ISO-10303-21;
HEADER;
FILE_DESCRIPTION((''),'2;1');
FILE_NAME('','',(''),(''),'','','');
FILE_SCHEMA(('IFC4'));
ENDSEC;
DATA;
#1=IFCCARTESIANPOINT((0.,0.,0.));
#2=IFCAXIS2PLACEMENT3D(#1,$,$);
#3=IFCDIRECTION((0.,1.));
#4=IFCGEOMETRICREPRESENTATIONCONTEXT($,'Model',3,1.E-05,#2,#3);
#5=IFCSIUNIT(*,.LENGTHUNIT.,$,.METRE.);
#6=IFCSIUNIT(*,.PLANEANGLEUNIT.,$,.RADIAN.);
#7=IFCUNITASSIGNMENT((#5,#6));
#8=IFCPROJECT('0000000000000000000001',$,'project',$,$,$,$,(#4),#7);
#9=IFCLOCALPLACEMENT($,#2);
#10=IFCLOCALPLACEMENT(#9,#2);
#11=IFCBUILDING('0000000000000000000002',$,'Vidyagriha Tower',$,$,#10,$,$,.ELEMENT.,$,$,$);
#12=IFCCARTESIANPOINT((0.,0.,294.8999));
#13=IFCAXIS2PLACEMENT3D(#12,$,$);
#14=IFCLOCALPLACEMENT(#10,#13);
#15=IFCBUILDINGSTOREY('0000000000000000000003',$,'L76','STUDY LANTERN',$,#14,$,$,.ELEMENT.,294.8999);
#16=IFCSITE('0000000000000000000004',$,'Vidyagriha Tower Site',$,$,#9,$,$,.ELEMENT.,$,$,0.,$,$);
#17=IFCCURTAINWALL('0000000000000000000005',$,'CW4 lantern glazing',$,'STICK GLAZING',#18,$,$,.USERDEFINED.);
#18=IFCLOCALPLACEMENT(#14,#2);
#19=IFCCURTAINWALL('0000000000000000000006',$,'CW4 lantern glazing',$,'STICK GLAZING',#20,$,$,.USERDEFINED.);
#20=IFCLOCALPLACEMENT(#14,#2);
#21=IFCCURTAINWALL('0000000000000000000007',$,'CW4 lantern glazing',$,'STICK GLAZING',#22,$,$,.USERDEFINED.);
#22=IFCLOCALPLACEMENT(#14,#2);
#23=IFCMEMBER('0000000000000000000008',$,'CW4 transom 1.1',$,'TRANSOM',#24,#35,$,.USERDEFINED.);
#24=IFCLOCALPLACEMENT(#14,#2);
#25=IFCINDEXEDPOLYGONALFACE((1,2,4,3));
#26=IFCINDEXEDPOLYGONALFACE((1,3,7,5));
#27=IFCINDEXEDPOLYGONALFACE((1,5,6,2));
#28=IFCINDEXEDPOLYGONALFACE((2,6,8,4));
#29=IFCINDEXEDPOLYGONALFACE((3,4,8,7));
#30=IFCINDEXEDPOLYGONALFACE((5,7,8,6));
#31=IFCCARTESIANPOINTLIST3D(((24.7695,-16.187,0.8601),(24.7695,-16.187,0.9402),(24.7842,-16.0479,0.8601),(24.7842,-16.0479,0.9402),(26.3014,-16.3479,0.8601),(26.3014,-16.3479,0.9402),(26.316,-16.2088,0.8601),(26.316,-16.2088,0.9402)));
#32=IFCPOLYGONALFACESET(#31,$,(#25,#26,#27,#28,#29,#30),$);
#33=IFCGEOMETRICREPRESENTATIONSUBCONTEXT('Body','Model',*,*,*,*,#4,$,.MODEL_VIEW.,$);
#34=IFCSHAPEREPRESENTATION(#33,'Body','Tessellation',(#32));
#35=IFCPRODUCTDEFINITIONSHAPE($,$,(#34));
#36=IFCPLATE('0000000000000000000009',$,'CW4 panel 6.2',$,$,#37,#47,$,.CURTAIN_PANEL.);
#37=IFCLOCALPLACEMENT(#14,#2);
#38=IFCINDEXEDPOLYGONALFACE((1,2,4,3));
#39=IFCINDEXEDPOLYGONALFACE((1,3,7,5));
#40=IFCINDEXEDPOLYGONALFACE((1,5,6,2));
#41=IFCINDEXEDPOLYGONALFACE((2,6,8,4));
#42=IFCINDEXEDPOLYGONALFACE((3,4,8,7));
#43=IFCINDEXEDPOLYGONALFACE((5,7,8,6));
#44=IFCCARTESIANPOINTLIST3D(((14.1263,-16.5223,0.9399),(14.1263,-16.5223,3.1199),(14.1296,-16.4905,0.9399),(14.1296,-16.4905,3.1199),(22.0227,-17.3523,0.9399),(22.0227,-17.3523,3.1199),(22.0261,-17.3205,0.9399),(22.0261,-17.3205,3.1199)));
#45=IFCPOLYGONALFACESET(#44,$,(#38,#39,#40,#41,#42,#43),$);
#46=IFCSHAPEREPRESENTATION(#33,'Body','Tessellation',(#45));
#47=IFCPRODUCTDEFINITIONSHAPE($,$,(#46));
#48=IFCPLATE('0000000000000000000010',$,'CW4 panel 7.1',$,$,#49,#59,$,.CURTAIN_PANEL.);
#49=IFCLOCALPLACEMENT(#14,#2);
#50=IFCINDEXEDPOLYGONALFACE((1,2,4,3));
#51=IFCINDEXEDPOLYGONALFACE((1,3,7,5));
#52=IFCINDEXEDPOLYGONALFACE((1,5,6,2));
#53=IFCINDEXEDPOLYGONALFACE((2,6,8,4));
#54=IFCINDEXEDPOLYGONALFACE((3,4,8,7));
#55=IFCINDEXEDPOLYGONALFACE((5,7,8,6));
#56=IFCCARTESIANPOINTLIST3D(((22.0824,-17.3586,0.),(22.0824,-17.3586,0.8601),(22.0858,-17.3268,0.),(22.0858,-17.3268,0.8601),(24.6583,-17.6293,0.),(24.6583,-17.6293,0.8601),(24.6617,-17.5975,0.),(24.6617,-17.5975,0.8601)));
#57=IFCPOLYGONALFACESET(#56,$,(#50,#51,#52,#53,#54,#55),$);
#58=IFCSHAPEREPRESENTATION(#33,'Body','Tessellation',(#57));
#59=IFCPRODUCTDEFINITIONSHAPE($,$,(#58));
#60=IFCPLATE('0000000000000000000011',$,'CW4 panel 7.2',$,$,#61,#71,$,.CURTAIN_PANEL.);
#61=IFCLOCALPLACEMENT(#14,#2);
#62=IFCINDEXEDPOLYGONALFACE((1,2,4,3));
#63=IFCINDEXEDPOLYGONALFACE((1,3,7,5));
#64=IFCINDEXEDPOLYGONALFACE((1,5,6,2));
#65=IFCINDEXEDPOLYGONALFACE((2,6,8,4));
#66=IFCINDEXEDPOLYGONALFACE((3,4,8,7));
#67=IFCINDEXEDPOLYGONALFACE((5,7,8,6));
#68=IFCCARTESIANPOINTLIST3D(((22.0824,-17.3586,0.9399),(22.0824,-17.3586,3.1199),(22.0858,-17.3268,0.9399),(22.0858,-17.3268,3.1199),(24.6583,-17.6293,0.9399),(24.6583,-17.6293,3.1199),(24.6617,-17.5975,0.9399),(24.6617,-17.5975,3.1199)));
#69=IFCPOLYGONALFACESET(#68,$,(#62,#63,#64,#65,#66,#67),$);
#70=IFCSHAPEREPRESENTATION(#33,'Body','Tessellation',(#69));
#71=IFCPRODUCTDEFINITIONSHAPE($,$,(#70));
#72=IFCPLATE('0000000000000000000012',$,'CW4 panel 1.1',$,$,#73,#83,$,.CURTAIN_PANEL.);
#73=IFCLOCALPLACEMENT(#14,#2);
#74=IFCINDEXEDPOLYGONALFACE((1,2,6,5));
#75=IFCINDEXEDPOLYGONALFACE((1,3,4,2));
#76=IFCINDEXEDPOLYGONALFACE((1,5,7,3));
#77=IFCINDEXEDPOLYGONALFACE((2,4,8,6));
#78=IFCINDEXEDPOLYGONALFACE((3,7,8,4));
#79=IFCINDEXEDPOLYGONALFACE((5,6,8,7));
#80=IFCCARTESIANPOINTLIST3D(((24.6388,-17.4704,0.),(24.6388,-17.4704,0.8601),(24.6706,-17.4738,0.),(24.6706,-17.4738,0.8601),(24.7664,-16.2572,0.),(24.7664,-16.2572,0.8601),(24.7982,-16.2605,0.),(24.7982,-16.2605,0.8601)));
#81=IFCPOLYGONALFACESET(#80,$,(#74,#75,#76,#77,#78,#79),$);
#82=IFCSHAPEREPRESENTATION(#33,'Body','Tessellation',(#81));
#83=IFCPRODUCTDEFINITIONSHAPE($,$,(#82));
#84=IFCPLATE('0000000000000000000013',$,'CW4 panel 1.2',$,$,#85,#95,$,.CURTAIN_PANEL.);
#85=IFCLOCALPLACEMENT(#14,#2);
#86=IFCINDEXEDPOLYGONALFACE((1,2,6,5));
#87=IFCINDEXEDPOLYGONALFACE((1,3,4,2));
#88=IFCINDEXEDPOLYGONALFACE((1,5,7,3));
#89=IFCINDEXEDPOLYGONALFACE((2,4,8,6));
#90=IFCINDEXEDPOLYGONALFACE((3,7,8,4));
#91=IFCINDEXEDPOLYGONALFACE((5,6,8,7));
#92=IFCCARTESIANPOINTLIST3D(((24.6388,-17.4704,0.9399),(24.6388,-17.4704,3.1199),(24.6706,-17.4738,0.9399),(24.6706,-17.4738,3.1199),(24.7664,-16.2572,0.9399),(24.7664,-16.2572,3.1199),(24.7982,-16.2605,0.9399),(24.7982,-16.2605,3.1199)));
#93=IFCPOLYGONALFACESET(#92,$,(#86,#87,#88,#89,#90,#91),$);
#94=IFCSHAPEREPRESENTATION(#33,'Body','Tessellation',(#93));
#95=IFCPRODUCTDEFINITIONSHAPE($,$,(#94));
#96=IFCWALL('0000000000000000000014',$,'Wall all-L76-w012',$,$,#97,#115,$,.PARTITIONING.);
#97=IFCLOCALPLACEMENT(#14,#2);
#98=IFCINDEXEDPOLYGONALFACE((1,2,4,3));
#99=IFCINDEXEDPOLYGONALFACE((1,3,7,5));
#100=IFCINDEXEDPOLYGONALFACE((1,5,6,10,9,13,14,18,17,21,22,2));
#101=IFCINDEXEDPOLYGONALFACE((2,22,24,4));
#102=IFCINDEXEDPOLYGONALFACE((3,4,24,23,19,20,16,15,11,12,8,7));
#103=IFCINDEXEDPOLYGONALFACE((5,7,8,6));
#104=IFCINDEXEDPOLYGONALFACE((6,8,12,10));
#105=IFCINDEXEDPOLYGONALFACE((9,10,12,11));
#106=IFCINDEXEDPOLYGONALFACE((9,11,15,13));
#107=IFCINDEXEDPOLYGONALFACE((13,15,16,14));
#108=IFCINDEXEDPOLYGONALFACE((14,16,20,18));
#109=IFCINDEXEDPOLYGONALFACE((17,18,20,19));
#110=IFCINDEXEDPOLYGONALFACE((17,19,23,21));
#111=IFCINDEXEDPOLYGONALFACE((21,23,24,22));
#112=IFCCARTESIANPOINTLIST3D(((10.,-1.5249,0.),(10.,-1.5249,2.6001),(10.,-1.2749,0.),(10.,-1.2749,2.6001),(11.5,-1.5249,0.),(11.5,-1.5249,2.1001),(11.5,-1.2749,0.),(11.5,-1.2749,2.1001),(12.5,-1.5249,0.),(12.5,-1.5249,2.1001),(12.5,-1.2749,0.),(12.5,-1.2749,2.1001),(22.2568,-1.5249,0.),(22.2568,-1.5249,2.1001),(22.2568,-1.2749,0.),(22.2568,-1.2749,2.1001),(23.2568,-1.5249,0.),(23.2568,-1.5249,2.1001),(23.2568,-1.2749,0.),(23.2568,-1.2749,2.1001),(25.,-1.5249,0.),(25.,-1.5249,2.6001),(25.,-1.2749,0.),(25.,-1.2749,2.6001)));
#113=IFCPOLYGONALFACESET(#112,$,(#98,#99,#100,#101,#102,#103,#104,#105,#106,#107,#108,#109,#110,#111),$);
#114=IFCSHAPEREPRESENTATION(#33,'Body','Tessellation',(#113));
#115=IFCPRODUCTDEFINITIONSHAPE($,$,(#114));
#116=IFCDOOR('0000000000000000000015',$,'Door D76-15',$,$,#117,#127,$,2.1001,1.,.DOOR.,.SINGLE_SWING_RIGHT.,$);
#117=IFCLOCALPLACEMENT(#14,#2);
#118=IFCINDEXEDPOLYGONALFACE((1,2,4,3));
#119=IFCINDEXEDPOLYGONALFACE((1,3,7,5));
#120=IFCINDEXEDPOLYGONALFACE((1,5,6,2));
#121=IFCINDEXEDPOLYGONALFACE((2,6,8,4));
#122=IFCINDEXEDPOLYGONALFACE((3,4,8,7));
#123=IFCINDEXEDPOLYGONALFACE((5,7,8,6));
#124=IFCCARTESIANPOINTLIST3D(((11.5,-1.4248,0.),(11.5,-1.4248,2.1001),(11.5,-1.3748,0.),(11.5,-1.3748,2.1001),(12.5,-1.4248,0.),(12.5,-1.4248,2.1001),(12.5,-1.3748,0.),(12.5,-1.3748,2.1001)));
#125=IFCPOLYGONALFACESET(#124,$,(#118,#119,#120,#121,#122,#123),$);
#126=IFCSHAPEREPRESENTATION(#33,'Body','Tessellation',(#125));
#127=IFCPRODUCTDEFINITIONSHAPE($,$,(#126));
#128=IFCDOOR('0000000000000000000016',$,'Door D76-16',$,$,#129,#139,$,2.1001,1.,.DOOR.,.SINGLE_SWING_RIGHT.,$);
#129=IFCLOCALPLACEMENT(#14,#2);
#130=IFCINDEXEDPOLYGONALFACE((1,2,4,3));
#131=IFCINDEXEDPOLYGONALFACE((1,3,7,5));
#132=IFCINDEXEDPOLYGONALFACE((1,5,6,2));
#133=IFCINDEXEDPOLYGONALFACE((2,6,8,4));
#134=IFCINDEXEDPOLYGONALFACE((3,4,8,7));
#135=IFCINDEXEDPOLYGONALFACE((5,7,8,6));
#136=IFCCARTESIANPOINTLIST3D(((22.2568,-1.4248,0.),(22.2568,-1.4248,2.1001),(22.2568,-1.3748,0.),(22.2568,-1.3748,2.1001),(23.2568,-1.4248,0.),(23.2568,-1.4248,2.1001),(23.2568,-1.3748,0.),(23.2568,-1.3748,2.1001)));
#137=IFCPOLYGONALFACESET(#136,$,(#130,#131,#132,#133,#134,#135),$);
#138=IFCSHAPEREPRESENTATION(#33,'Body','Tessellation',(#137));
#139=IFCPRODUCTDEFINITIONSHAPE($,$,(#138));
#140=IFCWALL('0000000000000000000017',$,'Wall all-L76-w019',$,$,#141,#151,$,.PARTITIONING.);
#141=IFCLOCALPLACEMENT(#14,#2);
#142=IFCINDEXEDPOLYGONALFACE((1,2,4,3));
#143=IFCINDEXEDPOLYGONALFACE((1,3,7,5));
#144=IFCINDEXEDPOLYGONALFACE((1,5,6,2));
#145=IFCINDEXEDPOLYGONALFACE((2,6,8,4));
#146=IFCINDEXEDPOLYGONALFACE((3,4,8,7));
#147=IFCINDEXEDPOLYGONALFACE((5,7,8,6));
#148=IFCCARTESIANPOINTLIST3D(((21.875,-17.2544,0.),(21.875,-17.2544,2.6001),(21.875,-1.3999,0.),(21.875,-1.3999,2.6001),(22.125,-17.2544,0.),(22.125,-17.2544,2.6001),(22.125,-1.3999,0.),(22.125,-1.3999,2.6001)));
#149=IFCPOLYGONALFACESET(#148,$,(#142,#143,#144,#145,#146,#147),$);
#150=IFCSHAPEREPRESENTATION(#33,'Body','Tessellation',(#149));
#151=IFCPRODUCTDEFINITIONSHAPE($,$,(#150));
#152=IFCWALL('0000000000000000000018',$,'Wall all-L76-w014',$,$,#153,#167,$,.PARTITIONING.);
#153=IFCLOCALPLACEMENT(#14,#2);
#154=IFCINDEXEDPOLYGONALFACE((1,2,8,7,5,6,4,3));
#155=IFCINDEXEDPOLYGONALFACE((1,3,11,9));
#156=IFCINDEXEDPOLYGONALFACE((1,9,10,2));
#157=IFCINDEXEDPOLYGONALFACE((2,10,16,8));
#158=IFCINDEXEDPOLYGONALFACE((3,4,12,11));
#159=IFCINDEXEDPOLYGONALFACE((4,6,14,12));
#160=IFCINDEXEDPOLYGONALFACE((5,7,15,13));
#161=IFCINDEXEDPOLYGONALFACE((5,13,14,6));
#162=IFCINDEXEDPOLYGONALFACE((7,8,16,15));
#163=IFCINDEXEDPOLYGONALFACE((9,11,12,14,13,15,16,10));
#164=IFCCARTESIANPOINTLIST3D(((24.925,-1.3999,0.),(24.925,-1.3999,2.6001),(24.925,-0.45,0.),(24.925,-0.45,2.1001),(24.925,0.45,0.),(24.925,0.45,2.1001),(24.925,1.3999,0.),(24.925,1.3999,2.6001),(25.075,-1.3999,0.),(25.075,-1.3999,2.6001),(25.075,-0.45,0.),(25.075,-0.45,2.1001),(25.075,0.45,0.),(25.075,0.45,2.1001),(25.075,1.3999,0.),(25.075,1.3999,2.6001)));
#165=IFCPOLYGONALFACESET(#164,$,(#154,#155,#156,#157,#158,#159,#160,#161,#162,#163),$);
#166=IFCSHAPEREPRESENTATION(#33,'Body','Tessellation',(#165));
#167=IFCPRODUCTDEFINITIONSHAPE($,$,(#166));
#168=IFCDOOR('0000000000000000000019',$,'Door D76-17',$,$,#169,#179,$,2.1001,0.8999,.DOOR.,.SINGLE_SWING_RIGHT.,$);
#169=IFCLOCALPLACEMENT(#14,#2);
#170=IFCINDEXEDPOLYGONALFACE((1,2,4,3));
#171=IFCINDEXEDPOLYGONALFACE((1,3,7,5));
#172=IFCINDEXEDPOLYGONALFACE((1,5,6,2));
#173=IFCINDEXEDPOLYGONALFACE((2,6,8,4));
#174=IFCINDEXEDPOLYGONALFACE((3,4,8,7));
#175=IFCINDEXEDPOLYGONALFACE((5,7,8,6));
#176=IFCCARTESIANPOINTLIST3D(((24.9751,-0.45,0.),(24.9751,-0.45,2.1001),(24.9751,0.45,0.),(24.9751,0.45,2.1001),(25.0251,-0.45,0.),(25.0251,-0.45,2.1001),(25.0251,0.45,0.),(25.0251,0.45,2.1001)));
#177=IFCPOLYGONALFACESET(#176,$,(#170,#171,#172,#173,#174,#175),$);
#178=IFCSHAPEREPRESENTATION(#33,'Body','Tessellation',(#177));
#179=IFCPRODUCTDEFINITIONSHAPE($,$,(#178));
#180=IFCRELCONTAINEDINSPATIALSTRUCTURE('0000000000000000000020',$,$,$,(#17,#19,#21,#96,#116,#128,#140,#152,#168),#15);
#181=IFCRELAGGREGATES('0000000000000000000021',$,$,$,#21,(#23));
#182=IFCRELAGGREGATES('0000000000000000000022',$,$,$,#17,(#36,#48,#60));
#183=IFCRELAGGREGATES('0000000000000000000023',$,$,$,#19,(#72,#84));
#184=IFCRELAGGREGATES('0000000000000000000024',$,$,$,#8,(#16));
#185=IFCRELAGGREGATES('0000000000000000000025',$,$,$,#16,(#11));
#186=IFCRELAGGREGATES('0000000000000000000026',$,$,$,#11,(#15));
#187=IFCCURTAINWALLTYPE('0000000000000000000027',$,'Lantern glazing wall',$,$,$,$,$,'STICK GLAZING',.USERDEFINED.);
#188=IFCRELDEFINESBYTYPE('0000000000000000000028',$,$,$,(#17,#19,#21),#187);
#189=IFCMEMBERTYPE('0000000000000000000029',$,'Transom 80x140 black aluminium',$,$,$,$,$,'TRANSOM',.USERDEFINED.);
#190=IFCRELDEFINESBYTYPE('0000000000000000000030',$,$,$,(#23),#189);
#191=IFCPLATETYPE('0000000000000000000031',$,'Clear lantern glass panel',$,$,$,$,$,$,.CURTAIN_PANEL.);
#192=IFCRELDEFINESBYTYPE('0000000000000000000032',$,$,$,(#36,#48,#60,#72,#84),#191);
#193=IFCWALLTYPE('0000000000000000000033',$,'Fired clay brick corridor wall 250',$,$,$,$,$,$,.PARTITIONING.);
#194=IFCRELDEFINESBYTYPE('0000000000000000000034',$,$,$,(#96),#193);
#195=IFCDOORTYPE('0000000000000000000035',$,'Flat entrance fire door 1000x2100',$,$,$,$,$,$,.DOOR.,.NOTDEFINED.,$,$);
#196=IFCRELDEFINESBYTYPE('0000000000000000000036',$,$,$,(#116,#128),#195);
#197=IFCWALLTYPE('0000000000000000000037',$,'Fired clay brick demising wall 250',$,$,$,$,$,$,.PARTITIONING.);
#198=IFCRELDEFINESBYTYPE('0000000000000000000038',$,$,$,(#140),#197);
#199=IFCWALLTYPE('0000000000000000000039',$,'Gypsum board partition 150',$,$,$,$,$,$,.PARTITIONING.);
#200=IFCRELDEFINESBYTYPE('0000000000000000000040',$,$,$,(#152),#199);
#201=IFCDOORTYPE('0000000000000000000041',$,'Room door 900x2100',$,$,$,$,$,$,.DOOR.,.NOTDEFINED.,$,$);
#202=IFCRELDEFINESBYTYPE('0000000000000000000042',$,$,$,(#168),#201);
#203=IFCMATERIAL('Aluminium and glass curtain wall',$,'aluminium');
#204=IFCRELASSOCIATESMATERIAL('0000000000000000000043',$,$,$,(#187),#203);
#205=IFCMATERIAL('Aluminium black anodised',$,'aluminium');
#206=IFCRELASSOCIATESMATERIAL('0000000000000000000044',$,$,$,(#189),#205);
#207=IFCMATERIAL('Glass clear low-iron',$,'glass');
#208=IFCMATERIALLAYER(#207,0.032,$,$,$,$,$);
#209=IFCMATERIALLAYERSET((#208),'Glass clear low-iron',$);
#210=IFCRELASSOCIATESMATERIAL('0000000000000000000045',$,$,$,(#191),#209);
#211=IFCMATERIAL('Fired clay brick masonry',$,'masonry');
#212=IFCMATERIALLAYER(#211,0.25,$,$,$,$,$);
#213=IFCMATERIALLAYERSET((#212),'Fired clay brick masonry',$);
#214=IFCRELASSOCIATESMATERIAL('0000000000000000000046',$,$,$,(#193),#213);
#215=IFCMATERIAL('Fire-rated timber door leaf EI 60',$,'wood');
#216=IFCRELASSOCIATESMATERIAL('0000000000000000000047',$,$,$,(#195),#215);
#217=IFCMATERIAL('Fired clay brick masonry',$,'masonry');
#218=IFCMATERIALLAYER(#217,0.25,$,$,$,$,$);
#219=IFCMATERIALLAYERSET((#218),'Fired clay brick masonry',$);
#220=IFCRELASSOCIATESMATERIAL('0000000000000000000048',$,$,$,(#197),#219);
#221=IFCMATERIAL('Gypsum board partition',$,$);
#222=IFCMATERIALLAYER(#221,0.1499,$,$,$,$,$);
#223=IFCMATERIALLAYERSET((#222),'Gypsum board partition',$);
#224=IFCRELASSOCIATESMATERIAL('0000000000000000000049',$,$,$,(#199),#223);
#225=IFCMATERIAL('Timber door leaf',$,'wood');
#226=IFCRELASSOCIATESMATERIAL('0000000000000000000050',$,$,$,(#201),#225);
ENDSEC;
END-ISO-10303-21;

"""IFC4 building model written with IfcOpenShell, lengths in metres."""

from ifc_helpers import new_model, si_unit, direction, frame, frame_2d, origin, origin_2d, place, context, subcontext, project, spatial, rectangle, extrude, material, layer, layer_set, material_profile, profile_set, type_object, element, fill, aggregate, save


model = new_model("IFC4")

# Units and contexts
model_context = context("Model", 3, precision=1e-05, world=origin(), true_north=direction((0.0, 1.0)))
body_context = subcontext(model_context, "Body", "Model", "MODEL_VIEW")
ifc_project = project(units=[si_unit("LENGTHUNIT", "METRE"), si_unit("PLANEANGLEUNIT", "RADIAN")], contexts=[model_context])

# Site, building, storey
site_placement = place(None, origin())
site = spatial("IfcSite", under=ifc_project, at=site_placement, Name="Vidyagriha Tower Site", CompositionType="ELEMENT", RefElevation=0.0)
building_placement = place(site_placement, origin())
building = spatial("IfcBuilding", under=site, at=building_placement, Name="Vidyagriha Tower", CompositionType="ELEMENT")
storey_placement = place(building_placement, frame((0.0, 0.0, 294.8999)))
storey = spatial("IfcBuildingStorey", under=building, at=storey_placement, Name="L76", Description="STUDY LANTERN", CompositionType="ELEMENT", Elevation=294.8999)

# Curtain walls
ifc_material_1 = material(Name="Aluminium and glass curtain wall", Category="aluminium")
curtain_wall_type = type_object("IfcCurtainWallType", Name="Lantern glazing wall", ElementType="STICK GLAZING", PredefinedType="USERDEFINED", material=ifc_material_1)
curtain_wall_1_placement = place(storey_placement, origin())
curtain_wall_1 = element("IfcCurtainWall", 1, at=curtain_wall_1_placement, inside=storey, type_object=curtain_wall_type, Name="CW4 lantern glazing", ObjectType="STICK GLAZING", PredefinedType="USERDEFINED")
curtain_wall_2_placement = place(storey_placement, origin())
curtain_wall_2 = element("IfcCurtainWall", 2, at=curtain_wall_2_placement, inside=storey, type_object=curtain_wall_type, Name="CW4 lantern glazing", ObjectType="STICK GLAZING", PredefinedType="USERDEFINED")

# Curtain wall
curtain_wall_3_placement = place(storey_placement, origin())
curtain_wall_3 = element("IfcCurtainWall", 3, at=curtain_wall_3_placement, inside=storey, type_object=curtain_wall_type, Name="CW4 lantern glazing", ObjectType="STICK GLAZING", PredefinedType="USERDEFINED")

# Member
ifc_material_2 = material(Name="Aluminium black anodised", Category="aluminium")
ifc_material_profile_1 = material_profile(ifc_material_2, rectangle(XDim=0.1399, YDim=0.0801, at=origin_2d()), Name="Transom 80x140 black aluminium")
ifc_profile_set_1 = profile_set([ifc_material_profile_1], Name="Aluminium black anodised")
member_type_1 = type_object("IfcMemberType", Name="Transom 80x140 black aluminium", ElementType="TRANSOM", PredefinedType="USERDEFINED", material=ifc_profile_set_1)
member_1_placement = place(storey_placement, frame((24.7769, -16.1174, 0.9001), z_axis=(0.994529, -0.104462, 0.0), x_axis=(0.104462, 0.994529, 0.0)))
member_1 = element("IfcMember", 4, at=member_1_placement, type_object=member_type_1, Name="CW4 transom 1.1", ObjectType="TRANSOM", PredefinedType="USERDEFINED", context=body_context, shape_type="SweptSolid", body=[
    extrude(rectangle(XDim=0.1399, YDim=0.0801, at=origin_2d()), origin(), (0.0, 0.0, 1.0), 1.5403),
])
aggregate(curtain_wall_3, [member_1])

# Plates
ifc_material_3 = material(Name="Glass clear low-iron", Category="glass")
ifc_layer_1 = layer(ifc_material_3, 0.032)
ifc_layer_set_1 = layer_set([ifc_layer_1], Name="Glass clear low-iron")
plate_type = type_object("IfcPlateType", Name="Clear lantern glass panel", PredefinedType="CURTAIN_PANEL", material=ifc_layer_set_1)
plate_1_placement = place(storey_placement, frame((18.0762, -16.9214, 0.9399), z_axis=(0.0, 0.0, 1.0), x_axis=(0.994522, -0.104528, 0.0)))
plate_1 = element("IfcPlate", 5, at=plate_1_placement, type_object=plate_type, Name="CW4 panel 6.2", PredefinedType="CURTAIN_PANEL", context=body_context, shape_type="SweptSolid", body=[
    extrude(rectangle(XDim=7.9399, YDim=0.032, at=origin_2d()), origin(), (0.0, 0.0, 1.0), 2.1799),
])
plate_2_placement = place(storey_placement, frame((23.3721, -17.478, 0.0), z_axis=(0.0, 0.0, 1.0), x_axis=(0.994522, -0.104528, 0.0)))
plate_2 = element("IfcPlate", 6, at=plate_2_placement, type_object=plate_type, Name="CW4 panel 7.1", PredefinedType="CURTAIN_PANEL", context=body_context, shape_type="SweptSolid", body=[
    extrude(rectangle(XDim=2.5901, YDim=0.032, at=origin_2d()), origin(), (0.0, 0.0, 1.0), 0.8601),
])
plate_3_placement = place(storey_placement, frame((23.3721, -17.478, 0.9399), z_axis=(0.0, 0.0, 1.0), x_axis=(0.994522, -0.104528, 0.0)))
plate_3 = element("IfcPlate", 7, at=plate_3_placement, type_object=plate_type, Name="CW4 panel 7.2", PredefinedType="CURTAIN_PANEL", context=body_context, shape_type="SweptSolid", body=[
    extrude(rectangle(XDim=2.5901, YDim=0.032, at=origin_2d()), origin(), (0.0, 0.0, 1.0), 2.1799),
])
aggregate(curtain_wall_1, [plate_1, plate_2, plate_3])
plate_4_placement = place(storey_placement, frame((24.7185, -16.8655, 0.0), z_axis=(0.0, 0.0, 1.0), x_axis=(0.104557, 0.994519, 0.0)))
plate_4 = element("IfcPlate", 8, at=plate_4_placement, type_object=plate_type, Name="CW4 panel 1.1", PredefinedType="CURTAIN_PANEL", context=body_context, shape_type="SweptSolid", body=[
    extrude(rectangle(XDim=1.22, YDim=0.032, at=origin_2d()), origin(), (0.0, 0.0, 1.0), 0.8601),
])
plate_5_placement = place(storey_placement, frame((24.7185, -16.8655, 0.9399), z_axis=(0.0, 0.0, 1.0), x_axis=(0.104557, 0.994519, 0.0)))
plate_5 = element("IfcPlate", 9, at=plate_5_placement, type_object=plate_type, Name="CW4 panel 1.2", PredefinedType="CURTAIN_PANEL", context=body_context, shape_type="SweptSolid", body=[
    extrude(rectangle(XDim=1.22, YDim=0.032, at=origin_2d()), origin(), (0.0, 0.0, 1.0), 2.1799),
])
aggregate(curtain_wall_2, [plate_4, plate_5])

# Wall, openings, doors
ifc_material_4 = material(Name="Fired clay brick masonry", Category="masonry")
ifc_layer_2 = layer(ifc_material_4, 0.25)
ifc_layer_set_2 = layer_set([ifc_layer_2], Name="Fired clay brick masonry")
wall_type_1 = type_object("IfcWallType", Name="Fired clay brick corridor wall 250", PredefinedType="PARTITIONING", material=ifc_layer_set_2)
wall_1_placement = place(storey_placement, frame((25.0, -1.3999, 0.0), z_axis=(0.0, 0.0, 1.0), x_axis=(-1.0, 0.0, 0.0)))
wall_1 = element("IfcWall", 10, at=wall_1_placement, inside=storey, type_object=wall_type_1, Name="Wall all-L76-w012", PredefinedType="PARTITIONING", context=body_context, shape_type="SweptSolid", body=[
    extrude(rectangle(XDim=15.0, YDim=0.25, at=frame_2d((7.5, 0.0))), origin(), (0.0, 0.0, 1.0), 2.6001),
])
opening_1_placement = place(wall_1_placement, frame((12.5, 0.0, 0.0)))
opening_1 = element("IfcOpeningElement", 11, at=opening_1_placement, cuts=wall_1, PredefinedType="OPENING", context=body_context, shape_type="SweptSolid", body=[
    extrude(rectangle(XDim=1.0, YDim=2.1001, at=frame_2d((0.5, 1.05))), frame((0.0, 0.135, 0.0), z_axis=(0.0, -1.0, 0.0), x_axis=(1.0, 0.0, 0.0)), (0.0, 0.0, 1.0), 0.27),
])
opening_2_placement = place(wall_1_placement, frame((1.7432, 0.0, 0.0)))
opening_2 = element("IfcOpeningElement", 12, at=opening_2_placement, cuts=wall_1, PredefinedType="OPENING", context=body_context, shape_type="SweptSolid", body=[
    extrude(rectangle(XDim=1.0, YDim=2.1001, at=frame_2d((0.5, 1.05))), frame((0.0, 0.135, 0.0), z_axis=(0.0, -1.0, 0.0), x_axis=(1.0, 0.0, 0.0)), (0.0, 0.0, 1.0), 0.27),
])
ifc_material_5 = material(Name="Fire-rated timber door leaf EI 60", Category="wood")
door_type_1 = type_object("IfcDoorType", Name="Flat entrance fire door 1000x2100", OperationType="NOTDEFINED", PredefinedType="DOOR", material=ifc_material_5)
door_1_placement = place(opening_1_placement, origin())
door_1 = element("IfcDoor", 13, at=door_1_placement, inside=storey, type_object=door_type_1, Name="Door D76-15", OperationType="SINGLE_SWING_RIGHT", OverallHeight=2.1001, OverallWidth=1.0, PredefinedType="DOOR", context=body_context, shape_type="SweptSolid", body=[
    extrude(rectangle(XDim=1.0, YDim=2.1001, at=frame_2d((0.5, 1.05))), frame((0.0, 0.0249, 0.0), z_axis=(0.0, -1.0, 0.0), x_axis=(1.0, 0.0, 0.0)), (0.0, 0.0, 1.0), 0.05),
])
fill(opening_1, door_1)
door_2_placement = place(opening_2_placement, origin())
door_2 = element("IfcDoor", 14, at=door_2_placement, inside=storey, type_object=door_type_1, Name="Door D76-16", OperationType="SINGLE_SWING_RIGHT", OverallHeight=2.1001, OverallWidth=1.0, PredefinedType="DOOR", context=body_context, shape_type="SweptSolid", body=[
    extrude(rectangle(XDim=1.0, YDim=2.1001, at=frame_2d((0.5, 1.05))), frame((0.0, 0.0249, 0.0), z_axis=(0.0, -1.0, 0.0), x_axis=(1.0, 0.0, 0.0)), (0.0, 0.0, 1.0), 0.05),
])
fill(opening_2, door_2)

# Wall
ifc_material_6 = material(Name="Fired clay brick masonry", Category="masonry")
ifc_layer_3 = layer(ifc_material_6, 0.25)
ifc_layer_set_3 = layer_set([ifc_layer_3], Name="Fired clay brick masonry")
wall_type_2 = type_object("IfcWallType", Name="Fired clay brick demising wall 250", PredefinedType="PARTITIONING", material=ifc_layer_set_3)
wall_2_placement = place(storey_placement, frame((22.0, -1.3999, 0.0), z_axis=(0.0, 0.0, 1.0), x_axis=(0.0, -1.0, 0.0)))
element("IfcWall", 15, at=wall_2_placement, inside=storey, type_object=wall_type_2, Name="Wall all-L76-w019", PredefinedType="PARTITIONING", context=body_context, shape_type="SweptSolid", body=[
    extrude(rectangle(XDim=15.8545, YDim=0.25, at=frame_2d((7.9272, 0.0))), origin(), (0.0, 0.0, 1.0), 2.6001),
])

# Wall, opening, door
ifc_material_7 = material(Name="Gypsum board partition")
ifc_layer_4 = layer(ifc_material_7, 0.1499)
ifc_layer_set_4 = layer_set([ifc_layer_4], Name="Gypsum board partition")
wall_type_3 = type_object("IfcWallType", Name="Gypsum board partition 150", PredefinedType="PARTITIONING", material=ifc_layer_set_4)
wall_3_placement = place(storey_placement, frame((25.0, -1.3999, 0.0), z_axis=(0.0, 0.0, 1.0), x_axis=(0.0, 1.0, 0.0)))
wall_3 = element("IfcWall", 16, at=wall_3_placement, inside=storey, type_object=wall_type_3, Name="Wall all-L76-w014", PredefinedType="PARTITIONING", context=body_context, shape_type="SweptSolid", body=[
    extrude(rectangle(XDim=2.7998, YDim=0.1499, at=frame_2d((1.3999, 0.0))), origin(), (0.0, 0.0, 1.0), 2.6001),
])
opening_3_placement = place(wall_3_placement, frame((0.95, 0.0, 0.0)))
opening_3 = element("IfcOpeningElement", 17, at=opening_3_placement, cuts=wall_3, PredefinedType="OPENING", context=body_context, shape_type="SweptSolid", body=[
    extrude(rectangle(XDim=0.8999, YDim=2.1001, at=frame_2d((0.45, 1.05))), frame((0.0, 0.085, 0.0), z_axis=(0.0, -1.0, 0.0), x_axis=(1.0, 0.0, 0.0)), (0.0, 0.0, 1.0), 0.1699),
])
ifc_material_8 = material(Name="Timber door leaf", Category="wood")
door_type_2 = type_object("IfcDoorType", Name="Room door 900x2100", OperationType="NOTDEFINED", PredefinedType="DOOR", material=ifc_material_8)
door_3_placement = place(opening_3_placement, origin())
door_3 = element("IfcDoor", 18, at=door_3_placement, inside=storey, type_object=door_type_2, Name="Door D76-17", OperationType="SINGLE_SWING_RIGHT", OverallHeight=2.1001, OverallWidth=0.8999, PredefinedType="DOOR", context=body_context, shape_type="SweptSolid", body=[
    extrude(rectangle(XDim=0.8999, YDim=2.1001, at=frame_2d((0.45, 1.05))), frame((0.0, 0.0249, 0.0), z_axis=(0.0, -1.0, 0.0), x_axis=(1.0, 0.0, 0.0)), (0.0, 0.0, 1.0), 0.05),
])
fill(opening_3, door_3)

save(model, "model.ifc")
